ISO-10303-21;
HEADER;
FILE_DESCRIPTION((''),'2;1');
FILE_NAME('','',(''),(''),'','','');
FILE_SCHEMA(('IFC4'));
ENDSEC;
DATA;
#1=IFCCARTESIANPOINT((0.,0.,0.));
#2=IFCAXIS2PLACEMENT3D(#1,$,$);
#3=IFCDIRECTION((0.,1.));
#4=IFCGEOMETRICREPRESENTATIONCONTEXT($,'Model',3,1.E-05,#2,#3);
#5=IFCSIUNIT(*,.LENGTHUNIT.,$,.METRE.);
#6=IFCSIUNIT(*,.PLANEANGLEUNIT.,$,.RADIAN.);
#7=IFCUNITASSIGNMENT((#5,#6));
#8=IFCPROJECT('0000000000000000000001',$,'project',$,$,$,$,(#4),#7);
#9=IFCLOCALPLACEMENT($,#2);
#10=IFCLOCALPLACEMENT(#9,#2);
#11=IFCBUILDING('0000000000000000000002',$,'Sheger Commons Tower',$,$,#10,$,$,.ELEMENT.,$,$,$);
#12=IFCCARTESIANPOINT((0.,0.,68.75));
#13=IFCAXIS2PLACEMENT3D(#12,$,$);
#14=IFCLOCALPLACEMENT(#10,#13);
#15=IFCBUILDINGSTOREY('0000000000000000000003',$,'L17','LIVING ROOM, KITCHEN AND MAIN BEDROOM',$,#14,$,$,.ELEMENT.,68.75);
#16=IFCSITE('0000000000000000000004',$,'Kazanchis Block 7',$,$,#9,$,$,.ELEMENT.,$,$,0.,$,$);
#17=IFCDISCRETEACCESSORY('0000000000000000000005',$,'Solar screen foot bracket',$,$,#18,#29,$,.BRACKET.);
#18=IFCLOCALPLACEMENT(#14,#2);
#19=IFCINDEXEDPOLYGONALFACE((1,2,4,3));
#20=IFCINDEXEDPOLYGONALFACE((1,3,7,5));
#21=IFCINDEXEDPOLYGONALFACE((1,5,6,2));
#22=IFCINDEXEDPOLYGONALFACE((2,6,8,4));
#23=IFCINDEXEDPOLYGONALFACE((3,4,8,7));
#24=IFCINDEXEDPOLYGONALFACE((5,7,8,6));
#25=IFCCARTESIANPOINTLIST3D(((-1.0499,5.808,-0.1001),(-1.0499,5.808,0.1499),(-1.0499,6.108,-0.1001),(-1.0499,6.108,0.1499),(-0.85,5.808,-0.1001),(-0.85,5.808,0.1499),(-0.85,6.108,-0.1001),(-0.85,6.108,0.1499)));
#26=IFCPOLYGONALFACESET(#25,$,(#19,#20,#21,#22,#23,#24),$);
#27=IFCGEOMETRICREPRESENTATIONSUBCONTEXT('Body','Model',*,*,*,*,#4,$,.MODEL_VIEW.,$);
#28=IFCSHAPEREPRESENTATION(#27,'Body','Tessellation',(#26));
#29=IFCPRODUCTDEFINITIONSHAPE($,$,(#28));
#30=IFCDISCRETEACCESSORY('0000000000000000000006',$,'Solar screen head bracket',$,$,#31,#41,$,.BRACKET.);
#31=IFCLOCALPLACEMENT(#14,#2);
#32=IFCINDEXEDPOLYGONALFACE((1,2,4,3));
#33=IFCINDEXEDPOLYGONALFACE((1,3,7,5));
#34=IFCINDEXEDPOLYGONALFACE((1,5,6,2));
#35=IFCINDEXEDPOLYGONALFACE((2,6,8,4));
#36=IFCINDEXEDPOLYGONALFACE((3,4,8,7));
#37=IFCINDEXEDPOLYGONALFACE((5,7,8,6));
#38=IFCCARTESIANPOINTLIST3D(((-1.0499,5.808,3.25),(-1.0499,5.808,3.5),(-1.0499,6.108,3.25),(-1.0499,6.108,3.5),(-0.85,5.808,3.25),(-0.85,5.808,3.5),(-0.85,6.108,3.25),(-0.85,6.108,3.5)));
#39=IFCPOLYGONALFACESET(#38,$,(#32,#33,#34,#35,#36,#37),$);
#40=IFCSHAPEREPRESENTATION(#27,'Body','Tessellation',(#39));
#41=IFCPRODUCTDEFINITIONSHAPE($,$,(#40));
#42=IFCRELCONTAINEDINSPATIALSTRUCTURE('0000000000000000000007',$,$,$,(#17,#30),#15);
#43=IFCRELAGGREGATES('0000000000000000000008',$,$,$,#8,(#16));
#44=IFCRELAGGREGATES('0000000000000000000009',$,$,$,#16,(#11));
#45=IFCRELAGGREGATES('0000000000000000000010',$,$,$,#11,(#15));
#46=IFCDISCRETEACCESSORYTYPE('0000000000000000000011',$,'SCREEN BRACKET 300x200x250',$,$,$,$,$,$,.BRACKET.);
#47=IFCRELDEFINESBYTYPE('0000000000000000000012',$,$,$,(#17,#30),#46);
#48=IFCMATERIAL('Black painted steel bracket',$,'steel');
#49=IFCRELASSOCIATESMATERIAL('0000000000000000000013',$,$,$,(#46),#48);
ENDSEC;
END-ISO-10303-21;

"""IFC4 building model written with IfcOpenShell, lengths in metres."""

from ifc_helpers import new_model, si_unit, direction, frame, origin, origin_2d, place, context, subcontext, project, spatial, rectangle, extrude, material, type_object, element, save


model = new_model("IFC4")

# Units and contexts
model_context = context("Model", 3, precision=1e-05, world=origin(), true_north=direction((0.0, 1.0)))
body_context = subcontext(model_context, "Body", "Model", "MODEL_VIEW")
ifc_project = project(units=[si_unit("LENGTHUNIT", "METRE"), si_unit("PLANEANGLEUNIT", "RADIAN")], contexts=[model_context])

# Site, building, storey
site_placement = place(None, origin())
site = spatial("IfcSite", under=ifc_project, at=site_placement, Name="Kazanchis Block 7", CompositionType="ELEMENT", RefElevation=0.0)
building_placement = place(site_placement, origin())
building = spatial("IfcBuilding", under=site, at=building_placement, Name="Sheger Commons Tower", CompositionType="ELEMENT")
storey_placement = place(building_placement, frame((0.0, 0.0, 68.75)))
storey = spatial("IfcBuildingStorey", under=building, at=storey_placement, Name="L17", Description="LIVING ROOM, KITCHEN AND MAIN BEDROOM", CompositionType="ELEMENT", Elevation=68.75)

# Discrete accessories
ifc_material_1 = material(Name="Black painted steel bracket", Category="steel")
discrete_accessory_type = type_object("IfcDiscreteAccessoryType", Name="SCREEN BRACKET 300x200x250", PredefinedType="BRACKET", material=ifc_material_1)
for number, where, z_axis, x_axis, name in (
    (1, (-0.95, 5.958, -0.1001), (0.0, 0.0, 1.0), (0.0, -1.0, 0.0), "Solar screen foot bracket"),
    (2, (-0.95, 5.958, 3.25), (0.0, 0.0, 1.0), (0.0, -1.0, 0.0), "Solar screen head bracket"),
):
    element("IfcDiscreteAccessory", number, at=place(storey_placement, frame(where, z_axis=z_axis, x_axis=x_axis)), inside=storey, type_object=discrete_accessory_type, Name=name, PredefinedType="BRACKET", context=body_context, shape_type="SweptSolid", body=[
        extrude(rectangle(XDim=0.3, YDim=0.2, at=origin_2d()), origin(), (0.0, 0.0, 1.0), 0.25),
    ])

save(model, "model.ifc")
